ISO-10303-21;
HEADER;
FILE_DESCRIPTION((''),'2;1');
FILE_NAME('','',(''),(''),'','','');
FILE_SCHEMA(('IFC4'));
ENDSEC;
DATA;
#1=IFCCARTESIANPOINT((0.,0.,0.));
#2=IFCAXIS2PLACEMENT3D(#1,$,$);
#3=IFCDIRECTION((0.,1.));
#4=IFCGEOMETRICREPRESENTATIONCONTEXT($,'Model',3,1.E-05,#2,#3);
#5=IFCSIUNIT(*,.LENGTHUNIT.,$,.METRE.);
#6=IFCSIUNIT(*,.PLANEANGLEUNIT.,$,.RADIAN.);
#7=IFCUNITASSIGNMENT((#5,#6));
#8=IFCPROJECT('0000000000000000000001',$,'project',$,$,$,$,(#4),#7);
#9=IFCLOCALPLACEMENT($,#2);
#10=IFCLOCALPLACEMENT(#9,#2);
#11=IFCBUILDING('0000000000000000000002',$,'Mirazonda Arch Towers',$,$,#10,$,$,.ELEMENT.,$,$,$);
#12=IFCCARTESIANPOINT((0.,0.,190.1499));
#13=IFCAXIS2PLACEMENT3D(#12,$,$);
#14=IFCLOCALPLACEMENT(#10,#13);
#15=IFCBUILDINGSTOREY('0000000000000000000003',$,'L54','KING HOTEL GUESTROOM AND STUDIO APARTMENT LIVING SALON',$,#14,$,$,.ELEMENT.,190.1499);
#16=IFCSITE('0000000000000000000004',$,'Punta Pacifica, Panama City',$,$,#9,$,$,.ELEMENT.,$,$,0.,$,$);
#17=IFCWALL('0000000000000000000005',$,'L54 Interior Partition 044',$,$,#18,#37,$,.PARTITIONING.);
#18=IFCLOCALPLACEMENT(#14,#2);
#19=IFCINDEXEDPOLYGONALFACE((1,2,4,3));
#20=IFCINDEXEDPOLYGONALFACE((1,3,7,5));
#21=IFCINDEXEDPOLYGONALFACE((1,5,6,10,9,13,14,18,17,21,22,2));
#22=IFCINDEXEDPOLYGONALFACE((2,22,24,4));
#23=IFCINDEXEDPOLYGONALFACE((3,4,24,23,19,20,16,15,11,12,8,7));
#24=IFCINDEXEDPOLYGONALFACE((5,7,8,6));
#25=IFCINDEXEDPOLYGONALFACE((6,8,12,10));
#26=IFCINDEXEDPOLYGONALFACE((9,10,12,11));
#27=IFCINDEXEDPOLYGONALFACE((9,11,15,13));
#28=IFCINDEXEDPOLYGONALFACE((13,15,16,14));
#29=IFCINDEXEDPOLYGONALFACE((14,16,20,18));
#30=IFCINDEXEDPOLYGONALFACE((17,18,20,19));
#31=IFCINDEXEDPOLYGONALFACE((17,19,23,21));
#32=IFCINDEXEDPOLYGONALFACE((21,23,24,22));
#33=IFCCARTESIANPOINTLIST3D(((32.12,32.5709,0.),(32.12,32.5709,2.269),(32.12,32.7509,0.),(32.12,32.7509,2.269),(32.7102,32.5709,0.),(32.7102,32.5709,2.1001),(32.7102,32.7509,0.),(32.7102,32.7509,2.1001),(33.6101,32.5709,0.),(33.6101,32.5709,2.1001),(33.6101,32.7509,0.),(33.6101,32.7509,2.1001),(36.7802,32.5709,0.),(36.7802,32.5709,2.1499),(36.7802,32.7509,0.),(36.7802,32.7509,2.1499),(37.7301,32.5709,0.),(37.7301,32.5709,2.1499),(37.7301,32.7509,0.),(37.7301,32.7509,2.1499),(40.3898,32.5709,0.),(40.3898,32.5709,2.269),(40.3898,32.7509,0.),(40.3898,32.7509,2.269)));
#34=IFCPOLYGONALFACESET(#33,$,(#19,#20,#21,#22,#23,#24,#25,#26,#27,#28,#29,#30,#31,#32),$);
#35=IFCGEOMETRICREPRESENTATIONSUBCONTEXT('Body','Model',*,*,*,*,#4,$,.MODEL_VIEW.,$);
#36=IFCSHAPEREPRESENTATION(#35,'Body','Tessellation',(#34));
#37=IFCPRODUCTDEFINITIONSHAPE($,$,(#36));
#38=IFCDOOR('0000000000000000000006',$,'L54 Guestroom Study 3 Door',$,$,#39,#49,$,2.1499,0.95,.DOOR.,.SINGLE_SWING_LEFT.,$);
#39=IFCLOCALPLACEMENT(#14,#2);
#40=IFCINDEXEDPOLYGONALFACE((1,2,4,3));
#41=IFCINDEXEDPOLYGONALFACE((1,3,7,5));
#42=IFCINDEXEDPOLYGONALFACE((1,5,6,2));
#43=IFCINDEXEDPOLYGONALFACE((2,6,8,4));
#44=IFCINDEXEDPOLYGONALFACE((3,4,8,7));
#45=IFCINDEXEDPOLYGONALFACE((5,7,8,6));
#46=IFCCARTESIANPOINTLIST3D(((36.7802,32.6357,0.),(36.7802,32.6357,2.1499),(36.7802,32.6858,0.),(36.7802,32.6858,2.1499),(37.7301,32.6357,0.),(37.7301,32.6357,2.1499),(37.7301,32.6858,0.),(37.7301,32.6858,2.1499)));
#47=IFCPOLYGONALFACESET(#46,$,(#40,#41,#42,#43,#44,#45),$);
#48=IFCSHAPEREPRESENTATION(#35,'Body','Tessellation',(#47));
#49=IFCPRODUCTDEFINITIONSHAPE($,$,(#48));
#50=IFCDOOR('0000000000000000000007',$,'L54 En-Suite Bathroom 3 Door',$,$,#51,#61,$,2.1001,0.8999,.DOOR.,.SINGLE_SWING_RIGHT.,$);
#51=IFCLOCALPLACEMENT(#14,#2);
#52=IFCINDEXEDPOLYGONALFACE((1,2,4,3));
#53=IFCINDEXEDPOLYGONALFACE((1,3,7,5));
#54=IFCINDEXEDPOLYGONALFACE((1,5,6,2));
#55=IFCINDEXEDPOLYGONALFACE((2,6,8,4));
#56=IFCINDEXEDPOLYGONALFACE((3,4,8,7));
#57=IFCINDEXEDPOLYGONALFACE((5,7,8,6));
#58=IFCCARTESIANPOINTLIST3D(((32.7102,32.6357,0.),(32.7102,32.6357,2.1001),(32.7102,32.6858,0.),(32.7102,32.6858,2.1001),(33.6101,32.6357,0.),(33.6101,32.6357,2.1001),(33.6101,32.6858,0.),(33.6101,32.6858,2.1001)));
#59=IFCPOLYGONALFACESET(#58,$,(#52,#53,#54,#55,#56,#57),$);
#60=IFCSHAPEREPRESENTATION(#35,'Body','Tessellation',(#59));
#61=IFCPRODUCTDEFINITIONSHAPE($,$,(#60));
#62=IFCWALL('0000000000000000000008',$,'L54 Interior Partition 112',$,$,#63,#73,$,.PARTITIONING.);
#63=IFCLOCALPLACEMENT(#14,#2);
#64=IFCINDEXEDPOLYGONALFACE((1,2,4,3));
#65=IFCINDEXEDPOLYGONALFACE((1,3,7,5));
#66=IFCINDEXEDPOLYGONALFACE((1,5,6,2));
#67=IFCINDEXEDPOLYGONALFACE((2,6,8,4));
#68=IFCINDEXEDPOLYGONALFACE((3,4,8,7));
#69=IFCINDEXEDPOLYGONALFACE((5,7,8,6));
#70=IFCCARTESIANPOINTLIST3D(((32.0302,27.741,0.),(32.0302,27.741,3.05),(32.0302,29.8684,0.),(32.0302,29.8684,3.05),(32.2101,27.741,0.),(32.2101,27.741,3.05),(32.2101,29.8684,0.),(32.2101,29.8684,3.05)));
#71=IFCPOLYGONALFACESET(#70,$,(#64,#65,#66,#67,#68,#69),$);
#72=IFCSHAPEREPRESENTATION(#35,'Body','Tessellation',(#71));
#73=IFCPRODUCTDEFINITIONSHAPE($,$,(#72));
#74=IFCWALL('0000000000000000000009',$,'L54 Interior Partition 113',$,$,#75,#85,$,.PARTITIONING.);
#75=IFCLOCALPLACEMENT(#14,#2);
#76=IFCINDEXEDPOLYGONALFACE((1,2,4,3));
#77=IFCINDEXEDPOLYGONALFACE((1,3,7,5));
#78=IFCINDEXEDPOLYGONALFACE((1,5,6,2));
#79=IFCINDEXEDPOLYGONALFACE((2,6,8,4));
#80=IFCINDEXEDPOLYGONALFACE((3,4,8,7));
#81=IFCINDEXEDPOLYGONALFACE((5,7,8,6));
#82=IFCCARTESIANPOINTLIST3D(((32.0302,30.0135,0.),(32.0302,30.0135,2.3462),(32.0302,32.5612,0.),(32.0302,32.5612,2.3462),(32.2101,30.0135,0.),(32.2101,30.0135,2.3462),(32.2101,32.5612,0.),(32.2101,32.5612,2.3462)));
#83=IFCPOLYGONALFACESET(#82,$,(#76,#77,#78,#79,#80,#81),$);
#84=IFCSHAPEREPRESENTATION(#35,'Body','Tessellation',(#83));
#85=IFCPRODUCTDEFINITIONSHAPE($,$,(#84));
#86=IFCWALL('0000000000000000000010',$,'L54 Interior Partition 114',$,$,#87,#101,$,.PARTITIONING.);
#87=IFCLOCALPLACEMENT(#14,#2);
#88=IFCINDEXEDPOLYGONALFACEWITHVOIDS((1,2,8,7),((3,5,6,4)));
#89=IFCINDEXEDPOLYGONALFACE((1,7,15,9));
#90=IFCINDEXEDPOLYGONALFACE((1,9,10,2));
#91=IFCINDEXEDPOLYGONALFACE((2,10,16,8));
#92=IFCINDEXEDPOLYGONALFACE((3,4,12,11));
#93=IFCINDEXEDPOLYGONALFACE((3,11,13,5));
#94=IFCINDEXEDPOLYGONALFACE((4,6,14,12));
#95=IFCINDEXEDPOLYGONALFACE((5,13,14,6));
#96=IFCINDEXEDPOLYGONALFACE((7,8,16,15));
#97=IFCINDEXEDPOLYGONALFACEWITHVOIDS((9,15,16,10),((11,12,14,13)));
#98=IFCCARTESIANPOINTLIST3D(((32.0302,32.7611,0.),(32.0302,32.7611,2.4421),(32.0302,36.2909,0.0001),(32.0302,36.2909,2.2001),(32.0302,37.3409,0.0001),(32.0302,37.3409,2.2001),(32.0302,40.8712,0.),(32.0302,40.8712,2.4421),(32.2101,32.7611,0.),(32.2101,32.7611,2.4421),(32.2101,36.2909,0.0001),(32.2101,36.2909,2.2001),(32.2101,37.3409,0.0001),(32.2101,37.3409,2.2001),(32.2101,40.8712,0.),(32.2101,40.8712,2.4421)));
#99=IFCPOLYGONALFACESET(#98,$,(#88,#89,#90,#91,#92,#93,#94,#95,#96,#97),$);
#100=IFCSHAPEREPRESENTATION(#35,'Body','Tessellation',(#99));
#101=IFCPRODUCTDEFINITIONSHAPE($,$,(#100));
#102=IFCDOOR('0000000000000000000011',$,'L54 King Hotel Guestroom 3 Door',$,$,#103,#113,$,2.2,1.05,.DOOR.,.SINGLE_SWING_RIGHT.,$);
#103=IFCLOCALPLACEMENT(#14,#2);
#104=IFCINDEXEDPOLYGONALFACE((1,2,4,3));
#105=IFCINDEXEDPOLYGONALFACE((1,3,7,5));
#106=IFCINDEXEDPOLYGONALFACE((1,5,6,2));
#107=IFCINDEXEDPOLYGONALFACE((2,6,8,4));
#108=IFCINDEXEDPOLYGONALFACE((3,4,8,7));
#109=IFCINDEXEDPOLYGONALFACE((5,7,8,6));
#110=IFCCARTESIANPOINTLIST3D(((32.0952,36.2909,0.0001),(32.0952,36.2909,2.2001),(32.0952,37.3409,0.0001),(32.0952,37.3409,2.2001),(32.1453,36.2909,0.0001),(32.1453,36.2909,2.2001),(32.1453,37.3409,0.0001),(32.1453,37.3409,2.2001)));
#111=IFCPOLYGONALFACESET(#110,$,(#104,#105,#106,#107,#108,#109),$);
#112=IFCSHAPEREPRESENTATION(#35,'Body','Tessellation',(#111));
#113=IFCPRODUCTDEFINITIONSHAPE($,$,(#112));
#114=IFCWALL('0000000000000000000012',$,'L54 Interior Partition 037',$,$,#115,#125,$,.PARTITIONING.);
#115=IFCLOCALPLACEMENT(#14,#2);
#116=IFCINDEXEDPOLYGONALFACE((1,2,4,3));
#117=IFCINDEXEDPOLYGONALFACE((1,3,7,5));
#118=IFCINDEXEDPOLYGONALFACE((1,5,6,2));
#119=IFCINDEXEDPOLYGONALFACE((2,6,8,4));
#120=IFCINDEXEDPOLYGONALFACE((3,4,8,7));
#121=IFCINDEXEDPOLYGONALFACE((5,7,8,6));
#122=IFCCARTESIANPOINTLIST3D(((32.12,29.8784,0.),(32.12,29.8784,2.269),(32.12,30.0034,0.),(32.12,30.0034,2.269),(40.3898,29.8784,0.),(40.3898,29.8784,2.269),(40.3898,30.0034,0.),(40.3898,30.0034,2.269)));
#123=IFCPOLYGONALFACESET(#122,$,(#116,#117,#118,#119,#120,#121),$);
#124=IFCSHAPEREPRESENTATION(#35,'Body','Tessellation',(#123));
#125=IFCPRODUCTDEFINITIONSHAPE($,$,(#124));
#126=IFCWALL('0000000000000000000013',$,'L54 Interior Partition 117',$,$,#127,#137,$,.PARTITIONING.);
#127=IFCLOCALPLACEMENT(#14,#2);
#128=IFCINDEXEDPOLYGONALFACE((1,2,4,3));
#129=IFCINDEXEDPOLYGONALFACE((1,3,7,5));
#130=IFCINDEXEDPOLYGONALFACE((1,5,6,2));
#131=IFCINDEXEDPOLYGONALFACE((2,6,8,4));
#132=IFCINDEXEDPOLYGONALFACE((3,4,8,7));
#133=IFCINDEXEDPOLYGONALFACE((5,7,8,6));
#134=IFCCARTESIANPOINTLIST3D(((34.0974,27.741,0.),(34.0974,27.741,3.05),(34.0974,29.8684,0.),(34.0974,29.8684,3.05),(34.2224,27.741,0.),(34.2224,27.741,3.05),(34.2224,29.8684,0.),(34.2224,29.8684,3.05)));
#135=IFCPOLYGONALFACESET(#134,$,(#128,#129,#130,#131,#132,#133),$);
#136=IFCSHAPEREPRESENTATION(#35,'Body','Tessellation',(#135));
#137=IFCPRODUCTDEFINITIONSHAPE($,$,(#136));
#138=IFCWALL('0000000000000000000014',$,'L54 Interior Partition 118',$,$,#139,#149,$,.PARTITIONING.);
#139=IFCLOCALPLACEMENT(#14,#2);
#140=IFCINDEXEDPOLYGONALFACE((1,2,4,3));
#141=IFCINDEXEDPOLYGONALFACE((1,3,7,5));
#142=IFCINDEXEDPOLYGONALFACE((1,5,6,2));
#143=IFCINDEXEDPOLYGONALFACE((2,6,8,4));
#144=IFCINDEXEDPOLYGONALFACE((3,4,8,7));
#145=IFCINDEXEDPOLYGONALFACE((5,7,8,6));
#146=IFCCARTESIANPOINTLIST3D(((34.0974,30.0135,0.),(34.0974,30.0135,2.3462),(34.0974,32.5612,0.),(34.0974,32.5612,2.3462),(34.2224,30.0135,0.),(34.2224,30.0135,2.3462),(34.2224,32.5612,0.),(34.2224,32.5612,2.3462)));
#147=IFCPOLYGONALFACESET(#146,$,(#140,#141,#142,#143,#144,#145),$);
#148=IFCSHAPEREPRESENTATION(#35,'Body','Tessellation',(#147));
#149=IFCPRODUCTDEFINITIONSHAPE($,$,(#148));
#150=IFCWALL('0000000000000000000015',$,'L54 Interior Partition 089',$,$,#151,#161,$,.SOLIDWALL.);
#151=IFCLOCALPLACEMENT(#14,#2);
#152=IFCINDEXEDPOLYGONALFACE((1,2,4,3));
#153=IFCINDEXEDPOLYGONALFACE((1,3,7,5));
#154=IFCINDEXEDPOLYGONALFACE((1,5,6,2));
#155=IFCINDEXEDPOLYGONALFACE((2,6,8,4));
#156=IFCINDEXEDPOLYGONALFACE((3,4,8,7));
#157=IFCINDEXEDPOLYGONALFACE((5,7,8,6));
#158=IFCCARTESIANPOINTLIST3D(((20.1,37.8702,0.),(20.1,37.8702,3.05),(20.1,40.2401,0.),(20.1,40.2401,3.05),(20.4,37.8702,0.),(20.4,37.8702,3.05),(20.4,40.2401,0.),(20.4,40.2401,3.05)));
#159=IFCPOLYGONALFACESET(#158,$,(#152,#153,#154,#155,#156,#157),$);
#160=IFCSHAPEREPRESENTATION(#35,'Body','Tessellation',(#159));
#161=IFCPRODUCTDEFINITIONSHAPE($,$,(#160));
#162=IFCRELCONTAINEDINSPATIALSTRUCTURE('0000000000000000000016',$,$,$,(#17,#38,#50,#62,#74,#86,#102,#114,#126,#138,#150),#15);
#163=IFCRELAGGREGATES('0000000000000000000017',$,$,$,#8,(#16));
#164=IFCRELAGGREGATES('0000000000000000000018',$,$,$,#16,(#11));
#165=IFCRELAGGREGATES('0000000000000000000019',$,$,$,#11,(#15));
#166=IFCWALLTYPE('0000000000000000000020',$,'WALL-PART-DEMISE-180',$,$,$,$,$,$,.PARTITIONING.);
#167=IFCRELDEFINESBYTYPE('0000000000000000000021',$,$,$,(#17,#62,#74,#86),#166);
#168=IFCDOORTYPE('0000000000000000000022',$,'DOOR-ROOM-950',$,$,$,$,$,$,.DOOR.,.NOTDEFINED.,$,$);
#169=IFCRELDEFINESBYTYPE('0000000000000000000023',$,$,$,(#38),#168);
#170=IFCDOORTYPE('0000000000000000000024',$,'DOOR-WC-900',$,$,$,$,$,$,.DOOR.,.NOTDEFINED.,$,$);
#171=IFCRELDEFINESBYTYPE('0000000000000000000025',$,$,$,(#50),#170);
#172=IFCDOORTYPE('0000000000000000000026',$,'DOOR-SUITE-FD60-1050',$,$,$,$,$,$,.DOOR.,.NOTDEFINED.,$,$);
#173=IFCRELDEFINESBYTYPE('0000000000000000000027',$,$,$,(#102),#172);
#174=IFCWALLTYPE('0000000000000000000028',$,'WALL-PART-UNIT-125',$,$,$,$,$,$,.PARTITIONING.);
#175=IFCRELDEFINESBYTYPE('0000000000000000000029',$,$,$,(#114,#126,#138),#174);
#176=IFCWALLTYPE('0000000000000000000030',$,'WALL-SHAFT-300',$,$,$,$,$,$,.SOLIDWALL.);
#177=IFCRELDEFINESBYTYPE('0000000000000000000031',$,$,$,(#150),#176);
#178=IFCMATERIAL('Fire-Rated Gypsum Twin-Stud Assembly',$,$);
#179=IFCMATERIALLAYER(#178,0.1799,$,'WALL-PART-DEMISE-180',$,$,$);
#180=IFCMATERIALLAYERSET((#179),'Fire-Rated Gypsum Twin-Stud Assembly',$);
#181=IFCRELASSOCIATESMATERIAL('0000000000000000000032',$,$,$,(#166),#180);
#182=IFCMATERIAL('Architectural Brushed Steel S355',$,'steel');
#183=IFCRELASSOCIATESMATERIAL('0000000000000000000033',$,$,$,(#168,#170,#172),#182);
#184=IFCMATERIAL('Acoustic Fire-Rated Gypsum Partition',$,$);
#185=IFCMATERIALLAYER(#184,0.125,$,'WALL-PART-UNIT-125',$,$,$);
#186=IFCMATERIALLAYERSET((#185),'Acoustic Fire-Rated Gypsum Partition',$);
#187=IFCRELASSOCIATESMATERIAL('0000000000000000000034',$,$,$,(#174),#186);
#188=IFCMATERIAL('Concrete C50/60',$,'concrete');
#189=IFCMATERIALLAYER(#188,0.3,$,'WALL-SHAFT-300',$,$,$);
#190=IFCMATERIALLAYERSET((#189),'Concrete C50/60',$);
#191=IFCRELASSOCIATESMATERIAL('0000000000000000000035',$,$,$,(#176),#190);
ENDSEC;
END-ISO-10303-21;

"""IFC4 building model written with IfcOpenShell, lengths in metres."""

from ifc_helpers import new_model, si_unit, direction, frame, frame_2d, origin, place, context, subcontext, project, spatial, rectangle, extrude, material, layer, layer_set, type_object, element, fill, save


model = new_model("IFC4")

# Units and contexts
model_context = context("Model", 3, precision=1e-05, world=origin(), true_north=direction((0.0, 1.0)))
body_context = subcontext(model_context, "Body", "Model", "MODEL_VIEW")
ifc_project = project(units=[si_unit("LENGTHUNIT", "METRE"), si_unit("PLANEANGLEUNIT", "RADIAN")], contexts=[model_context])

# Site, building, storey
site_placement = place(None, origin())
site = spatial("IfcSite", under=ifc_project, at=site_placement, Name="Punta Pacifica, Panama City", CompositionType="ELEMENT", RefElevation=0.0)
building_placement = place(site_placement, origin())
building = spatial("IfcBuilding", under=site, at=building_placement, Name="Mirazonda Arch Towers", CompositionType="ELEMENT")
storey_placement = place(building_placement, frame((0.0, 0.0, 190.1499)))
storey = spatial("IfcBuildingStorey", under=building, at=storey_placement, Name="L54", Description="KING HOTEL GUESTROOM AND STUDIO APARTMENT LIVING SALON", CompositionType="ELEMENT", Elevation=190.1499)

# Shared definitions
ifc_material_1 = material(Name="Concrete C50/60", Category="concrete")

# Wall, openings, doors
ifc_material_2 = material(Name="Fire-Rated Gypsum Twin-Stud Assembly")
ifc_layer_1 = layer(ifc_material_2, 0.1799, Name="WALL-PART-DEMISE-180")
ifc_layer_set_1 = layer_set([ifc_layer_1], Name="Fire-Rated Gypsum Twin-Stud Assembly")
wall_type_1 = type_object("IfcWallType", Name="WALL-PART-DEMISE-180", PredefinedType="PARTITIONING", material=ifc_layer_set_1)
ifc_material_3 = material(Name="Architectural Brushed Steel S355", Category="steel")
door_type_1 = type_object("IfcDoorType", Name="DOOR-ROOM-950", OperationType="NOTDEFINED", PredefinedType="DOOR", material=ifc_material_3)
door_type_2 = type_object("IfcDoorType", Name="DOOR-WC-900", OperationType="NOTDEFINED", PredefinedType="DOOR", material=ifc_material_3)
wall_1_placement = place(storey_placement, frame((32.1201, 32.6609, 0.0), z_axis=(0.0, 0.0, 1.0), x_axis=(1.0, 0.0, 0.0)))
wall_1 = element("IfcWall", 1, at=wall_1_placement, inside=storey, type_object=wall_type_1, Name="L54 Interior Partition 044", PredefinedType="PARTITIONING", context=body_context, shape_type="SweptSolid", body=[
    extrude(rectangle(XDim=8.2698, YDim=0.1799, at=frame_2d((4.1348, 0.0))), origin(), (0.0, 0.0, 1.0), 2.269),
])
opening_1_placement = place(wall_1_placement, frame((4.6599, 0.0, 0.0)))
opening_1 = element("IfcOpeningElement", 2, at=opening_1_placement, cuts=wall_1, PredefinedType="OPENING", context=body_context, shape_type="SweptSolid", body=[
    extrude(rectangle(XDim=0.95, YDim=2.1499, at=frame_2d((0.4751, 1.075))), frame((0.0, 0.0999, 0.0), z_axis=(0.0, -1.0, 0.0), x_axis=(1.0, 0.0, 0.0)), (0.0, 0.0, 1.0), 0.2),
])
opening_2_placement = place(wall_1_placement, frame((0.5901, 0.0, 0.0)))
opening_2 = element("IfcOpeningElement", 3, at=opening_2_placement, cuts=wall_1, PredefinedType="OPENING", context=body_context, shape_type="SweptSolid", body=[
    extrude(rectangle(XDim=0.8999, YDim=2.1001, at=frame_2d((0.45, 1.05))), frame((0.0, 0.0999, 0.0), z_axis=(0.0, -1.0, 0.0), x_axis=(1.0, 0.0, 0.0)), (0.0, 0.0, 1.0), 0.2),
])
door_1_placement = place(opening_1_placement, origin())
door_1 = element("IfcDoor", 4, at=door_1_placement, inside=storey, type_object=door_type_1, Name="L54 Guestroom Study 3 Door", OperationType="SINGLE_SWING_LEFT", OverallHeight=2.1499, OverallWidth=0.95, PredefinedType="DOOR", context=body_context, shape_type="SweptSolid", body=[
    extrude(rectangle(XDim=0.95, YDim=2.1499, at=frame_2d((0.4751, 1.075))), frame((0.0, 0.0249, 0.0), z_axis=(0.0, -1.0, 0.0), x_axis=(1.0, 0.0, 0.0)), (0.0, 0.0, 1.0), 0.05),
])
fill(opening_1, door_1)
door_2_placement = place(opening_2_placement, origin())
door_2 = element("IfcDoor", 5, at=door_2_placement, inside=storey, type_object=door_type_2, Name="L54 En-Suite Bathroom 3 Door", OperationType="SINGLE_SWING_RIGHT", OverallHeight=2.1001, OverallWidth=0.8999, PredefinedType="DOOR", context=body_context, shape_type="SweptSolid", body=[
    extrude(rectangle(XDim=0.8999, YDim=2.1001, at=frame_2d((0.45, 1.05))), frame((0.0, 0.0249, 0.0), z_axis=(0.0, -1.0, 0.0), x_axis=(1.0, 0.0, 0.0)), (0.0, 0.0, 1.0), 0.05),
])
fill(opening_2, door_2)

# Walls
wall_2_placement = place(storey_placement, frame((32.1201, 27.741, 0.0), z_axis=(0.0, 0.0, 1.0), x_axis=(0.0, 1.0, 0.0)))
element("IfcWall", 6, at=wall_2_placement, inside=storey, type_object=wall_type_1, Name="L54 Interior Partition 112", PredefinedType="PARTITIONING", context=body_context, shape_type="SweptSolid", body=[
    extrude(rectangle(XDim=2.1274, YDim=0.1799, at=frame_2d((1.0637, 0.0))), origin(), (0.0, 0.0, 1.0), 3.05),
])
wall_3_placement = place(storey_placement, frame((32.1201, 30.0134, 0.0), z_axis=(0.0, 0.0, 1.0), x_axis=(0.0, 1.0, 0.0)))
element("IfcWall", 7, at=wall_3_placement, inside=storey, type_object=wall_type_1, Name="L54 Interior Partition 113", PredefinedType="PARTITIONING", context=body_context, shape_type="SweptSolid", body=[
    extrude(rectangle(XDim=2.5476, YDim=0.1799, at=frame_2d((1.2739, 0.0))), origin(), (0.0, 0.0, 1.0), 2.3462),
])

# Wall, opening, door
wall_4_placement = place(storey_placement, frame((32.1201, 32.761, 0.0), z_axis=(0.0, 0.0, 1.0), x_axis=(0.0, 1.0, 0.0)))
wall_4 = element("IfcWall", 8, at=wall_4_placement, inside=storey, type_object=wall_type_1, Name="L54 Interior Partition 114", PredefinedType="PARTITIONING", context=body_context, shape_type="SweptSolid", body=[
    extrude(rectangle(XDim=8.1101, YDim=0.1799, at=frame_2d((4.0552, 0.0))), origin(), (0.0, 0.0, 1.0), 2.4421),
])
opening_3_placement = place(wall_4_placement, frame((3.53, 0.0, 0.0)))
opening_3 = element("IfcOpeningElement", 9, at=opening_3_placement, cuts=wall_4, PredefinedType="OPENING", context=body_context, shape_type="SweptSolid", body=[
    extrude(rectangle(XDim=1.05, YDim=2.2, at=frame_2d((0.5249, 1.1001))), frame((0.0, 0.0999, 0.0), z_axis=(0.0, -1.0, 0.0), x_axis=(1.0, 0.0, 0.0)), (0.0, 0.0, 1.0), 0.2),
])
door_type_3 = type_object("IfcDoorType", Name="DOOR-SUITE-FD60-1050", OperationType="NOTDEFINED", PredefinedType="DOOR", material=ifc_material_3)
door_3_placement = place(opening_3_placement, origin())
door_3 = element("IfcDoor", 10, at=door_3_placement, inside=storey, type_object=door_type_3, Name="L54 King Hotel Guestroom 3 Door", OperationType="SINGLE_SWING_RIGHT", OverallHeight=2.2, OverallWidth=1.05, PredefinedType="DOOR", context=body_context, shape_type="SweptSolid", body=[
    extrude(rectangle(XDim=1.05, YDim=2.2, at=frame_2d((0.5249, 1.1001))), frame((0.0, 0.0249, 0.0), z_axis=(0.0, -1.0, 0.0), x_axis=(1.0, 0.0, 0.0)), (0.0, 0.0, 1.0), 0.05),
])
fill(opening_3, door_3)

# Walls
ifc_material_4 = material(Name="Acoustic Fire-Rated Gypsum Partition")
ifc_layer_2 = layer(ifc_material_4, 0.125, Name="WALL-PART-UNIT-125")
ifc_layer_set_2 = layer_set([ifc_layer_2], Name="Acoustic Fire-Rated Gypsum Partition")
wall_type_2 = type_object("IfcWallType", Name="WALL-PART-UNIT-125", PredefinedType="PARTITIONING", material=ifc_layer_set_2)
wall_5_placement = place(storey_placement, frame((32.1201, 29.9409, 0.0), z_axis=(0.0, 0.0, 1.0), x_axis=(1.0, 0.0, 0.0)))
element("IfcWall", 11, at=wall_5_placement, inside=storey, type_object=wall_type_2, Name="L54 Interior Partition 037", PredefinedType="PARTITIONING", context=body_context, shape_type="SweptSolid", body=[
    extrude(rectangle(XDim=8.2698, YDim=0.125, at=frame_2d((4.1348, 0.0))), origin(), (0.0, 0.0, 1.0), 2.269),
])
wall_6_placement = place(storey_placement, frame((34.1599, 27.741, 0.0), z_axis=(0.0, 0.0, 1.0), x_axis=(0.0, 1.0, 0.0)))
element("IfcWall", 12, at=wall_6_placement, inside=storey, type_object=wall_type_2, Name="L54 Interior Partition 117", PredefinedType="PARTITIONING", context=body_context, shape_type="SweptSolid", body=[
    extrude(rectangle(XDim=2.1274, YDim=0.125, at=frame_2d((1.0637, 0.0))), origin(), (0.0, 0.0, 1.0), 3.05),
])
wall_7_placement = place(storey_placement, frame((34.1599, 30.0134, 0.0), z_axis=(0.0, 0.0, 1.0), x_axis=(0.0, 1.0, 0.0)))
element("IfcWall", 13, at=wall_7_placement, inside=storey, type_object=wall_type_2, Name="L54 Interior Partition 118", PredefinedType="PARTITIONING", context=body_context, shape_type="SweptSolid", body=[
    extrude(rectangle(XDim=2.5476, YDim=0.125, at=frame_2d((1.2739, 0.0))), origin(), (0.0, 0.0, 1.0), 2.3462),
])
ifc_layer_3 = layer(ifc_material_1, 0.3, Name="WALL-SHAFT-300")
ifc_layer_set_3 = layer_set([ifc_layer_3], Name="Concrete C50/60")
wall_type_3 = type_object("IfcWallType", Name="WALL-SHAFT-300", PredefinedType="SOLIDWALL", material=ifc_layer_set_3)
wall_8_placement = place(storey_placement, frame((20.25, 37.8701, 0.0), z_axis=(0.0, 0.0, 1.0), x_axis=(0.0, 1.0, 0.0)))
element("IfcWall", 14, at=wall_8_placement, inside=storey, type_object=wall_type_3, Name="L54 Interior Partition 089", PredefinedType="SOLIDWALL", context=body_context, shape_type="SweptSolid", body=[
    extrude(rectangle(XDim=2.3699, YDim=0.3, at=frame_2d((1.1851, 0.0))), origin(), (0.0, 0.0, 1.0), 3.05),
])

save(model, "model.ifc")
